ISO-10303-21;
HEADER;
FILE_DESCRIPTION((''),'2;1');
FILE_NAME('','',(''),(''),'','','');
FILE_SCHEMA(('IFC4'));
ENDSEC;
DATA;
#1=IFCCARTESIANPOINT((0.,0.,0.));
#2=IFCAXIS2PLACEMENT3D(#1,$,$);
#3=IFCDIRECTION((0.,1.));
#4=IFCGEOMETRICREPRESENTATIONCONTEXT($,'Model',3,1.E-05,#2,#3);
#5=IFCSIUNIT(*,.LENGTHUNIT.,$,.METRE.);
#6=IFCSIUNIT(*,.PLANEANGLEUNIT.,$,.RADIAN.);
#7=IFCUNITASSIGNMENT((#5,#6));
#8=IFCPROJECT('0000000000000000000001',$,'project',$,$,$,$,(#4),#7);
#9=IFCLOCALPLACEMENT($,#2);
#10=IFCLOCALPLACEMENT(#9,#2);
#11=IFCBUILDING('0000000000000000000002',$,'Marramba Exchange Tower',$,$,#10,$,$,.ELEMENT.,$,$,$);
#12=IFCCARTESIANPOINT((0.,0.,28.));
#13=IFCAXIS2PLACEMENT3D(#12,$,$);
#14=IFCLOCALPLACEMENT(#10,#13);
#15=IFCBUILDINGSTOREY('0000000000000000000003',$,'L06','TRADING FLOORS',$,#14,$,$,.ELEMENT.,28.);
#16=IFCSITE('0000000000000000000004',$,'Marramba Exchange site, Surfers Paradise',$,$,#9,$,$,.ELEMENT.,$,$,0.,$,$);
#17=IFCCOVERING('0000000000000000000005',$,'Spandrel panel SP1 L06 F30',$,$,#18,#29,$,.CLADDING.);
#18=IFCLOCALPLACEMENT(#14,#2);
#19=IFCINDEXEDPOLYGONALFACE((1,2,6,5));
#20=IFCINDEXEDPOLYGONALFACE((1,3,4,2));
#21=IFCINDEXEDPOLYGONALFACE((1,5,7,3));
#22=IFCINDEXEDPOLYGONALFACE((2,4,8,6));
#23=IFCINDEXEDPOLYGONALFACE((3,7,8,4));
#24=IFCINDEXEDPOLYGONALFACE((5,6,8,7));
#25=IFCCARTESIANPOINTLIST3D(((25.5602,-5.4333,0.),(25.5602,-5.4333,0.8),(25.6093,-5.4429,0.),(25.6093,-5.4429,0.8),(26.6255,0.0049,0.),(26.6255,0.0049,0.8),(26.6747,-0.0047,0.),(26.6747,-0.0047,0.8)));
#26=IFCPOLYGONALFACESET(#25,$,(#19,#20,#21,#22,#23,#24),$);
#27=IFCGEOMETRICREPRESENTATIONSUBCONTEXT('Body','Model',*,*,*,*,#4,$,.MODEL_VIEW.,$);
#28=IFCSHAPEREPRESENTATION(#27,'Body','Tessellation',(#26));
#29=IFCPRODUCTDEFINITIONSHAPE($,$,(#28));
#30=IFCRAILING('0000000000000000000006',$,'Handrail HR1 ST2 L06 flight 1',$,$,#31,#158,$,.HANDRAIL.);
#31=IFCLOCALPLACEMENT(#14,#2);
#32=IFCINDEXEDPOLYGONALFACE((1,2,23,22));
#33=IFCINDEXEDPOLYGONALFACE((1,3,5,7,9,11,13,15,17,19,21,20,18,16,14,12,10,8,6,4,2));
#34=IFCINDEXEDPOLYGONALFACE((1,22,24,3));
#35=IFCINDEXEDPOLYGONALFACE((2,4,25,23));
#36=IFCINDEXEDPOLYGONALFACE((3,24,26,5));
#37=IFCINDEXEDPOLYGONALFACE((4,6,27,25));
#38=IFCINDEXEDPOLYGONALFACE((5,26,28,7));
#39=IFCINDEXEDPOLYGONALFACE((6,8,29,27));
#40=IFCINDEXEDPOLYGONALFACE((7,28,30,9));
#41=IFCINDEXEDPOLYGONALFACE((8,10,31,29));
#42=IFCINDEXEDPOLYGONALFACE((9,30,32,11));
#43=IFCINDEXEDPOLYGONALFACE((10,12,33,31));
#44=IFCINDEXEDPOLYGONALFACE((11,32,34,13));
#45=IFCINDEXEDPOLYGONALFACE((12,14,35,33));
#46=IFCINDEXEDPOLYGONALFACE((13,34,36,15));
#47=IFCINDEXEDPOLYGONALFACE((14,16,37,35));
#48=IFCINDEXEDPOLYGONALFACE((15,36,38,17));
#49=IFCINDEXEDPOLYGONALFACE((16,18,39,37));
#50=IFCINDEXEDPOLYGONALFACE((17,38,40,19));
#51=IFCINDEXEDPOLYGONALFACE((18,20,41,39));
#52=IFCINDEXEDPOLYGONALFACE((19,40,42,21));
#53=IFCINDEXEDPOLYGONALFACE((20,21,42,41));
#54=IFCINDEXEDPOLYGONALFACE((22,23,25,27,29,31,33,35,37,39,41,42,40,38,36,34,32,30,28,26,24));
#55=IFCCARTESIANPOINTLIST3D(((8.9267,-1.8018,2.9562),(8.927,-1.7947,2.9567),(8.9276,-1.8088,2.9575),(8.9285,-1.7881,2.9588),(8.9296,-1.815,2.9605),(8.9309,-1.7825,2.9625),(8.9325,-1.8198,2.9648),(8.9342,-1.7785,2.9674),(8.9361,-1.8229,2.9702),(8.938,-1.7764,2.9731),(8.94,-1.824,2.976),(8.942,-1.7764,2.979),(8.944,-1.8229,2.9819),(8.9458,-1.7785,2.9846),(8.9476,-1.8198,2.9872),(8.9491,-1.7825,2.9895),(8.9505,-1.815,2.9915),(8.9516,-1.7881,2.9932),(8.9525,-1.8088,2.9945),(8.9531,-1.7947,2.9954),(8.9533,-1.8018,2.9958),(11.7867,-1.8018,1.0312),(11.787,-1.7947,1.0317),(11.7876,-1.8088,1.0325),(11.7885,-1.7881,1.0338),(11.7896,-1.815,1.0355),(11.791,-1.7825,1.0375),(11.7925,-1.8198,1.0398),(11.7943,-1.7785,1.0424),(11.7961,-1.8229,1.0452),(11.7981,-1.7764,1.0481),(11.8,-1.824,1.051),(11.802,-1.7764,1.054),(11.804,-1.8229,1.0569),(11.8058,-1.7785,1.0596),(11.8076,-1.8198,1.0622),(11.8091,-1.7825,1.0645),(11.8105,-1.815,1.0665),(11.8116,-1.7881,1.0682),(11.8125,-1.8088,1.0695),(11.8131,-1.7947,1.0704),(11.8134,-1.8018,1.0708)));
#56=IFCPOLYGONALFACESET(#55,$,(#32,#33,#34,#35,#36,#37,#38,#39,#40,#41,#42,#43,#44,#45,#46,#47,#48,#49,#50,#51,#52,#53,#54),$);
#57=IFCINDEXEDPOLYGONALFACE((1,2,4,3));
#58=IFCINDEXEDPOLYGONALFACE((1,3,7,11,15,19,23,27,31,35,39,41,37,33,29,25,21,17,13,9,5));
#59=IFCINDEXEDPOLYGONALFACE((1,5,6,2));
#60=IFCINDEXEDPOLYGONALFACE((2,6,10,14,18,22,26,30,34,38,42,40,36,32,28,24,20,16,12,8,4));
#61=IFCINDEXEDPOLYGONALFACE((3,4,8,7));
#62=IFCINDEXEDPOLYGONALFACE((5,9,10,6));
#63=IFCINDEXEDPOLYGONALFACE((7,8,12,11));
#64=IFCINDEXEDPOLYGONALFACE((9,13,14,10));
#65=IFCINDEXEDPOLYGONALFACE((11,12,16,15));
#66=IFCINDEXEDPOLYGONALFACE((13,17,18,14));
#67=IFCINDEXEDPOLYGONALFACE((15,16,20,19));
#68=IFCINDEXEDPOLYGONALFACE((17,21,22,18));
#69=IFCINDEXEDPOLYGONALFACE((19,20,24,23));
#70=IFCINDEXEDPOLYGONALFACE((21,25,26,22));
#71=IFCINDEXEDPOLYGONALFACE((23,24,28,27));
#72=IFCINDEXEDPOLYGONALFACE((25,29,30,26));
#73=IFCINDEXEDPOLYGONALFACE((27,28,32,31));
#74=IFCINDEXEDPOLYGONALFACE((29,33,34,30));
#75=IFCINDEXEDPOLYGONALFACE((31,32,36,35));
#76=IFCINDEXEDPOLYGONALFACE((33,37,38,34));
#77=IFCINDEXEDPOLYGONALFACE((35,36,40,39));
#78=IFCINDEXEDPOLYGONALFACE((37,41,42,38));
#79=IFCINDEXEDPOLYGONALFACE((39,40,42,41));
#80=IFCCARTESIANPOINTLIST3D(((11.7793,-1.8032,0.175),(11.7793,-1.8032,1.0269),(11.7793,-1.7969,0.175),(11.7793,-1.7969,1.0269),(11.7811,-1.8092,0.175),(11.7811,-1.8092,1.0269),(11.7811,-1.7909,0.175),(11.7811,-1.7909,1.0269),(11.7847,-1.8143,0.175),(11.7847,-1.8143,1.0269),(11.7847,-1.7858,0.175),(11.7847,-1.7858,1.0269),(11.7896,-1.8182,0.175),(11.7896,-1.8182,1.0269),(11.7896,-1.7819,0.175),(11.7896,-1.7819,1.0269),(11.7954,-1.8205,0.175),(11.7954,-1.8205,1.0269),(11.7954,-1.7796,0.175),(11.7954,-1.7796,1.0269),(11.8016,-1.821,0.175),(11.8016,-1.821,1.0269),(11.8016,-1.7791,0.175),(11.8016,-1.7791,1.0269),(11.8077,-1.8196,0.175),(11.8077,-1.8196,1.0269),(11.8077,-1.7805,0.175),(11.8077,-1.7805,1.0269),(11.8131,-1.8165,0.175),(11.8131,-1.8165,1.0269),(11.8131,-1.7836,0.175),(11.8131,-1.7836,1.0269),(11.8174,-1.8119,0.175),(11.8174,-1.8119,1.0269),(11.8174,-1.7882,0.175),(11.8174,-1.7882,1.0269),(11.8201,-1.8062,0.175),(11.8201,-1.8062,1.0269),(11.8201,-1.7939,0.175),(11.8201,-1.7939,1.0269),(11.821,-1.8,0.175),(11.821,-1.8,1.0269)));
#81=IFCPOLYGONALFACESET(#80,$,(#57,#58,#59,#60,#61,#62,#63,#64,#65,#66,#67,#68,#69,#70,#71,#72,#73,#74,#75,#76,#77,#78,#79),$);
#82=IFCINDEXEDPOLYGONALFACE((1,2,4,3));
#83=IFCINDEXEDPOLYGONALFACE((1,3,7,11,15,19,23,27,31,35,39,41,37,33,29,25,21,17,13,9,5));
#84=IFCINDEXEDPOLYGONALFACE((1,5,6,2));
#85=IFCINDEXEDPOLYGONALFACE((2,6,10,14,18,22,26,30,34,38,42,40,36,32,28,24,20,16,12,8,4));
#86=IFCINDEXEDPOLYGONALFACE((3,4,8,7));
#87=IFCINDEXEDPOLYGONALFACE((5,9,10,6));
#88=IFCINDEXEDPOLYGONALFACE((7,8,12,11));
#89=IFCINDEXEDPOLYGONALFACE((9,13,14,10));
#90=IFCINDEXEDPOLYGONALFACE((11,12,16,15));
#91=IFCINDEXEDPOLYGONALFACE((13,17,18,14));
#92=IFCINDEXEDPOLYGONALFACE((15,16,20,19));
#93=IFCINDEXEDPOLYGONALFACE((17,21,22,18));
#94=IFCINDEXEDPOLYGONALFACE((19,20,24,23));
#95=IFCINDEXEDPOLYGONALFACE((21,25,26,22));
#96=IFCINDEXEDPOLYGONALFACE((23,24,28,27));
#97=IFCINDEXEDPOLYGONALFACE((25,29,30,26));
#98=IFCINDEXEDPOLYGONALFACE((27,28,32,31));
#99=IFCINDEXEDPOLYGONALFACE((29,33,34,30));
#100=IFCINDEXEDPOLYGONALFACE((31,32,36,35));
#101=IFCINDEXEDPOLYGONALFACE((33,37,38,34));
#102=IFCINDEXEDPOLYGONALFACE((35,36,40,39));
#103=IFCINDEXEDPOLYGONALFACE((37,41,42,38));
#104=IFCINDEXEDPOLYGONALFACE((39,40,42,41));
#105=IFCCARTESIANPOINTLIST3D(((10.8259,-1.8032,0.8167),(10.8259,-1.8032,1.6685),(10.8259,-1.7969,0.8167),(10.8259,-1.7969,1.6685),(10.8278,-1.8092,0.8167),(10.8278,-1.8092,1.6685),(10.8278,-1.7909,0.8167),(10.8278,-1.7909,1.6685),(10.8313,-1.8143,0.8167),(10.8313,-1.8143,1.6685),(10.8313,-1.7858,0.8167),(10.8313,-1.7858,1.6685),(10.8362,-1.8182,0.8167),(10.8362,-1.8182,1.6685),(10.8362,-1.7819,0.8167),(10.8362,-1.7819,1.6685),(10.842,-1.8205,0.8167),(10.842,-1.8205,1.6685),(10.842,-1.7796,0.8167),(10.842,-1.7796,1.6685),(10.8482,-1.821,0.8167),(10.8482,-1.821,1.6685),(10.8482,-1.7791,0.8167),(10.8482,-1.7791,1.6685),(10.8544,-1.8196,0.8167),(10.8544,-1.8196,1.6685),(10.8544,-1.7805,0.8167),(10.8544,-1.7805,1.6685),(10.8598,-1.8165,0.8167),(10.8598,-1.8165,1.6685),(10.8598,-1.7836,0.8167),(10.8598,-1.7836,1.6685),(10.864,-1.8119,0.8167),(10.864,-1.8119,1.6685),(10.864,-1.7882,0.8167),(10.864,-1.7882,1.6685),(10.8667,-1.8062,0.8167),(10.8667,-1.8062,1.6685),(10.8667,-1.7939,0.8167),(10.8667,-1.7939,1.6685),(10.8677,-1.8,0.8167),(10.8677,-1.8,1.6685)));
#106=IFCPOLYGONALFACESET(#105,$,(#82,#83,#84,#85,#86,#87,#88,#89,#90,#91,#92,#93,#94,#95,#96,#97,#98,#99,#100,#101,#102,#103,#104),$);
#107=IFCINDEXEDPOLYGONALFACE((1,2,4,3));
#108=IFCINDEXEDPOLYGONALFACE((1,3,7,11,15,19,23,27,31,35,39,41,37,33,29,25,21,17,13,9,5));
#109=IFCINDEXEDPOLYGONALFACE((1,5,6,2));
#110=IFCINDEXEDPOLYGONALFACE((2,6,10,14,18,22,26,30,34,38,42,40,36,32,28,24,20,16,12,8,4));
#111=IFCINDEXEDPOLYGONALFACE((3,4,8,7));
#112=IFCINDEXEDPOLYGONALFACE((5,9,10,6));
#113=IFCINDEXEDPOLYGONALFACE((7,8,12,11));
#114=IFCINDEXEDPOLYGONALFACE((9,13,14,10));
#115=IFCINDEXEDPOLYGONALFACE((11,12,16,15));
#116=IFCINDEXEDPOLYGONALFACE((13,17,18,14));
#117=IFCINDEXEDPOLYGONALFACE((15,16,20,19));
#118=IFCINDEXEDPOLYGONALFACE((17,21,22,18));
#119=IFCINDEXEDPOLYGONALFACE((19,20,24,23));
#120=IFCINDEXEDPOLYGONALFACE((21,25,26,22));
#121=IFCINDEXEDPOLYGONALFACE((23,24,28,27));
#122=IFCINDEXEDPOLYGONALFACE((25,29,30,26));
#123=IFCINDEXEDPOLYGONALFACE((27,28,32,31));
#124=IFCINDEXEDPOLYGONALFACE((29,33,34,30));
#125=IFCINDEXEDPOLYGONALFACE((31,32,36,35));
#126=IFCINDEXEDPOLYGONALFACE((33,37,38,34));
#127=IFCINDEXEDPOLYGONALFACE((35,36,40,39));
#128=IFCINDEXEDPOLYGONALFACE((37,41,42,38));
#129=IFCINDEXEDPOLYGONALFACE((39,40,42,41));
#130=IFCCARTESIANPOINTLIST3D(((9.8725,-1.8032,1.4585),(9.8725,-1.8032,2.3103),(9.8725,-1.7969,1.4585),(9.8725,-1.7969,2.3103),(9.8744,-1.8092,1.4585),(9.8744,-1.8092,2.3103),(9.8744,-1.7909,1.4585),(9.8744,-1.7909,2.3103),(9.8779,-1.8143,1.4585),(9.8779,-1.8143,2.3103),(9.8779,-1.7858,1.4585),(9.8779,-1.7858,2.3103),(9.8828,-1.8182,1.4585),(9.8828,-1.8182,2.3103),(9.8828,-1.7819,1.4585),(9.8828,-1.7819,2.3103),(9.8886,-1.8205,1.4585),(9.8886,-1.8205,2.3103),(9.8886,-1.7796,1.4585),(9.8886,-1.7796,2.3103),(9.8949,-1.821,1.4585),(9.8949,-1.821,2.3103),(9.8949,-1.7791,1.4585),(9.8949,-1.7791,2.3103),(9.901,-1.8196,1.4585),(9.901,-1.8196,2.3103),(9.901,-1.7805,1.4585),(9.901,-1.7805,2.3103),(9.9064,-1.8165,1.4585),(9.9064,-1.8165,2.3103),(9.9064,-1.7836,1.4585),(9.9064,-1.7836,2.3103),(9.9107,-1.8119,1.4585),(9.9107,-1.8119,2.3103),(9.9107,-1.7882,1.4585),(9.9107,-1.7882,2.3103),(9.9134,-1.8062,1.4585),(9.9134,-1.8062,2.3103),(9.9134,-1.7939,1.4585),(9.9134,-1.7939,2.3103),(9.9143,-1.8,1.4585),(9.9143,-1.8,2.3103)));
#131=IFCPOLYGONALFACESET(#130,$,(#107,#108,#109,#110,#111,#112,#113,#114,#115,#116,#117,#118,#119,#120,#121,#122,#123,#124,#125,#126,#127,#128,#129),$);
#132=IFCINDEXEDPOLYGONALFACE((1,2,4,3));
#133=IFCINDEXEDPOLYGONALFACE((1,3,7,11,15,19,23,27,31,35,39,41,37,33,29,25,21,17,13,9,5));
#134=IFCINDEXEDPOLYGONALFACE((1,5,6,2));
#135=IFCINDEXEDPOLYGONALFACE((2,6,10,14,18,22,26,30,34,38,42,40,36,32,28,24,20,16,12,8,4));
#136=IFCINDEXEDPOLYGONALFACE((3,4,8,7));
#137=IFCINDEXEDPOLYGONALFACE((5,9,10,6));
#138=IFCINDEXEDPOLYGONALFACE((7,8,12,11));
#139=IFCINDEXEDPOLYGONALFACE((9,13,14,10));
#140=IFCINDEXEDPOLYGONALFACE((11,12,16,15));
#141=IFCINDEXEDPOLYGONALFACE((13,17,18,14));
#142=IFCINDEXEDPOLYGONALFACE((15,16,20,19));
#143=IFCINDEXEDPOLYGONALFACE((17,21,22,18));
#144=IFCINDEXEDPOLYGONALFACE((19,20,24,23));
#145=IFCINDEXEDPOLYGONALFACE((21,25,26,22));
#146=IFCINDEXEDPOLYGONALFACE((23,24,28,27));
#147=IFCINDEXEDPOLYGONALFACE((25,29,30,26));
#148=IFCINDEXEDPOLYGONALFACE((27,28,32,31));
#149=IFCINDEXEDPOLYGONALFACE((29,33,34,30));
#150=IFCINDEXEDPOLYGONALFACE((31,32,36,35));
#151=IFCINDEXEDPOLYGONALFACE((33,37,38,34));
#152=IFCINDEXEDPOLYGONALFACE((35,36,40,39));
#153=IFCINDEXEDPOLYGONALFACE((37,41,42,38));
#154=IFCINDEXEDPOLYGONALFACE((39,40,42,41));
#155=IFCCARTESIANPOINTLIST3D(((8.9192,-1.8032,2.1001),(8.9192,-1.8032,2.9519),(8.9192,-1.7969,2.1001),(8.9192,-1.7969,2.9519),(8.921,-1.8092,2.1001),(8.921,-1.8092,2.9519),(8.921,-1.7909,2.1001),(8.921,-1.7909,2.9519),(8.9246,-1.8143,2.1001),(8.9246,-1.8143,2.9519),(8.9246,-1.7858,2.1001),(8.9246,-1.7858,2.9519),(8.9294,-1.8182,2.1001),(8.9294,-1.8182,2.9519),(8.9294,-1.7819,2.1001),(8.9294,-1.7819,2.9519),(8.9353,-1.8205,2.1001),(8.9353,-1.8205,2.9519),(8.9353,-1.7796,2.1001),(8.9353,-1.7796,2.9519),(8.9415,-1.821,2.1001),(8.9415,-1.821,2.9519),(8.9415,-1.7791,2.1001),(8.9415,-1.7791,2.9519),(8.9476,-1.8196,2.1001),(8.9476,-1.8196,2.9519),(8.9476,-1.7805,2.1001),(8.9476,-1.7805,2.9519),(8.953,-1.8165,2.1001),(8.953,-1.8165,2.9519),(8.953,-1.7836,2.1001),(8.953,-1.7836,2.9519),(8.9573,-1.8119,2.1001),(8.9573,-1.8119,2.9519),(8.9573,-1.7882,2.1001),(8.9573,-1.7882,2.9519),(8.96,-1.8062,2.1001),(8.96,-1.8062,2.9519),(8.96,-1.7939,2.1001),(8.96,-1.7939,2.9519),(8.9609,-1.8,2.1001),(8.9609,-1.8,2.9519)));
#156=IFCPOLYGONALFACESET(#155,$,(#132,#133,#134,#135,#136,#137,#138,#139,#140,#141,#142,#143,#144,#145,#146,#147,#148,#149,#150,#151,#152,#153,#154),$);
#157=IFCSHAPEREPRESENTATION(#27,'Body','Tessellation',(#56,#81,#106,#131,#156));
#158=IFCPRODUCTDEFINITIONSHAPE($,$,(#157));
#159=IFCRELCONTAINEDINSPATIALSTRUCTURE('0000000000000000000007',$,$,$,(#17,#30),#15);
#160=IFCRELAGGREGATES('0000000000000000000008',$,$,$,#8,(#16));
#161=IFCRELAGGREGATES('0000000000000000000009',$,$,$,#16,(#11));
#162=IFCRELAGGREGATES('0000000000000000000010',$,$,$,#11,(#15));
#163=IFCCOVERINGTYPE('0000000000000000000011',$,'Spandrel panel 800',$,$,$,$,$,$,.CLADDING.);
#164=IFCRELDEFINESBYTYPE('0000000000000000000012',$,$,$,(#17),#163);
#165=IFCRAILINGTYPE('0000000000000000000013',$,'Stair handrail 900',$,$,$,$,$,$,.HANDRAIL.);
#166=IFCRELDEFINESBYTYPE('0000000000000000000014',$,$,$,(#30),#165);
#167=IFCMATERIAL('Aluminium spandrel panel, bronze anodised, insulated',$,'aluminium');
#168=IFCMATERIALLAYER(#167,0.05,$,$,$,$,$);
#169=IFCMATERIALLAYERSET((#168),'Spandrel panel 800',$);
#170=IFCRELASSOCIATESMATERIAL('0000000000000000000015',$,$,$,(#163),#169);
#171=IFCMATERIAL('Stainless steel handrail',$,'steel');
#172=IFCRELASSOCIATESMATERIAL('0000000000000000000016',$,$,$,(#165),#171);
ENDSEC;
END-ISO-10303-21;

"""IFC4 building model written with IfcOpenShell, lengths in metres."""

from ifc_helpers import new_model, si_unit, direction, frame, origin, origin_2d, place, context, subcontext, project, spatial, rectangle, circle, extrude, material, layer, layer_set, type_object, element, save


model = new_model("IFC4")

# Units and contexts
model_context = context("Model", 3, precision=1e-05, world=origin(), true_north=direction((0.0, 1.0)))
body_context = subcontext(model_context, "Body", "Model", "MODEL_VIEW")
ifc_project = project(units=[si_unit("LENGTHUNIT", "METRE"), si_unit("PLANEANGLEUNIT", "RADIAN")], contexts=[model_context])

# Site, building, storey
site_placement = place(None, origin())
site = spatial("IfcSite", under=ifc_project, at=site_placement, Name="Marramba Exchange site, Surfers Paradise", CompositionType="ELEMENT", RefElevation=0.0)
building_placement = place(site_placement, origin())
building = spatial("IfcBuilding", under=site, at=building_placement, Name="Marramba Exchange Tower", CompositionType="ELEMENT")
storey_placement = place(building_placement, frame((0.0, 0.0, 28.0)))
storey = spatial("IfcBuildingStorey", under=building, at=storey_placement, Name="L06", Description="TRADING FLOORS", CompositionType="ELEMENT", Elevation=28.0)

# Covering
ifc_material_1 = material(Name="Aluminium spandrel panel, bronze anodised, insulated", Category="aluminium")
ifc_layer_1 = layer(ifc_material_1, 0.05)
ifc_layer_set_1 = layer_set([ifc_layer_1], Name="Spandrel panel 800")
covering_type = type_object("IfcCoveringType", Name="Spandrel panel 800", PredefinedType="CLADDING", material=ifc_layer_set_1)
covering_1_placement = place(storey_placement, frame((26.1174, -2.719, 0.0), z_axis=(0.0, 0.0, 1.0), x_axis=(0.192249, 0.981346, 0.0)))
element("IfcCovering", 1, at=covering_1_placement, inside=storey, type_object=covering_type, Name="Spandrel panel SP1 L06 F30", PredefinedType="CLADDING", context=body_context, shape_type="SweptSolid", body=[
    extrude(rectangle(XDim=5.5415, YDim=0.05, at=origin_2d()), origin(), (0.0, 0.0, 1.0), 0.8),
])

# Railing
ifc_material_2 = material(Name="Stainless steel handrail", Category="steel")
railing_type = type_object("IfcRailingType", Name="Stair handrail 900", PredefinedType="HANDRAIL", material=ifc_material_2)
railing_placement = place(storey_placement, frame((11.8, -1.8, 0.175)))
element("IfcRailing", 2, at=railing_placement, inside=storey, type_object=railing_type, Name="Handrail HR1 ST2 L06 flight 1", PredefinedType="HANDRAIL", context=body_context, shape_type="SweptSolid", body=[
    extrude(circle(Radius=0.0239, at=origin_2d()), frame((0.0, 0.0, 0.876), z_axis=(-0.829591, 0.0, 0.558372), x_axis=(0.0, -1.0, 0.0)), (0.0, 0.0, 1.0), 3.4475),
    extrude(circle(Radius=0.021, at=origin_2d()), origin(), (0.0, 0.0, 1.0), 0.8518),
    extrude(circle(Radius=0.021, at=origin_2d()), frame((-0.9534, 0.0, 0.6416)), (0.0, 0.0, 1.0), 0.8518),
    extrude(circle(Radius=0.021, at=origin_2d()), frame((-1.9067, 0.0, 1.2834)), (0.0, 0.0, 1.0), 0.8518),
    extrude(circle(Radius=0.021, at=origin_2d()), frame((-2.8601, 0.0, 1.925)), (0.0, 0.0, 1.0), 0.8518),
])

save(model, "model.ifc")
